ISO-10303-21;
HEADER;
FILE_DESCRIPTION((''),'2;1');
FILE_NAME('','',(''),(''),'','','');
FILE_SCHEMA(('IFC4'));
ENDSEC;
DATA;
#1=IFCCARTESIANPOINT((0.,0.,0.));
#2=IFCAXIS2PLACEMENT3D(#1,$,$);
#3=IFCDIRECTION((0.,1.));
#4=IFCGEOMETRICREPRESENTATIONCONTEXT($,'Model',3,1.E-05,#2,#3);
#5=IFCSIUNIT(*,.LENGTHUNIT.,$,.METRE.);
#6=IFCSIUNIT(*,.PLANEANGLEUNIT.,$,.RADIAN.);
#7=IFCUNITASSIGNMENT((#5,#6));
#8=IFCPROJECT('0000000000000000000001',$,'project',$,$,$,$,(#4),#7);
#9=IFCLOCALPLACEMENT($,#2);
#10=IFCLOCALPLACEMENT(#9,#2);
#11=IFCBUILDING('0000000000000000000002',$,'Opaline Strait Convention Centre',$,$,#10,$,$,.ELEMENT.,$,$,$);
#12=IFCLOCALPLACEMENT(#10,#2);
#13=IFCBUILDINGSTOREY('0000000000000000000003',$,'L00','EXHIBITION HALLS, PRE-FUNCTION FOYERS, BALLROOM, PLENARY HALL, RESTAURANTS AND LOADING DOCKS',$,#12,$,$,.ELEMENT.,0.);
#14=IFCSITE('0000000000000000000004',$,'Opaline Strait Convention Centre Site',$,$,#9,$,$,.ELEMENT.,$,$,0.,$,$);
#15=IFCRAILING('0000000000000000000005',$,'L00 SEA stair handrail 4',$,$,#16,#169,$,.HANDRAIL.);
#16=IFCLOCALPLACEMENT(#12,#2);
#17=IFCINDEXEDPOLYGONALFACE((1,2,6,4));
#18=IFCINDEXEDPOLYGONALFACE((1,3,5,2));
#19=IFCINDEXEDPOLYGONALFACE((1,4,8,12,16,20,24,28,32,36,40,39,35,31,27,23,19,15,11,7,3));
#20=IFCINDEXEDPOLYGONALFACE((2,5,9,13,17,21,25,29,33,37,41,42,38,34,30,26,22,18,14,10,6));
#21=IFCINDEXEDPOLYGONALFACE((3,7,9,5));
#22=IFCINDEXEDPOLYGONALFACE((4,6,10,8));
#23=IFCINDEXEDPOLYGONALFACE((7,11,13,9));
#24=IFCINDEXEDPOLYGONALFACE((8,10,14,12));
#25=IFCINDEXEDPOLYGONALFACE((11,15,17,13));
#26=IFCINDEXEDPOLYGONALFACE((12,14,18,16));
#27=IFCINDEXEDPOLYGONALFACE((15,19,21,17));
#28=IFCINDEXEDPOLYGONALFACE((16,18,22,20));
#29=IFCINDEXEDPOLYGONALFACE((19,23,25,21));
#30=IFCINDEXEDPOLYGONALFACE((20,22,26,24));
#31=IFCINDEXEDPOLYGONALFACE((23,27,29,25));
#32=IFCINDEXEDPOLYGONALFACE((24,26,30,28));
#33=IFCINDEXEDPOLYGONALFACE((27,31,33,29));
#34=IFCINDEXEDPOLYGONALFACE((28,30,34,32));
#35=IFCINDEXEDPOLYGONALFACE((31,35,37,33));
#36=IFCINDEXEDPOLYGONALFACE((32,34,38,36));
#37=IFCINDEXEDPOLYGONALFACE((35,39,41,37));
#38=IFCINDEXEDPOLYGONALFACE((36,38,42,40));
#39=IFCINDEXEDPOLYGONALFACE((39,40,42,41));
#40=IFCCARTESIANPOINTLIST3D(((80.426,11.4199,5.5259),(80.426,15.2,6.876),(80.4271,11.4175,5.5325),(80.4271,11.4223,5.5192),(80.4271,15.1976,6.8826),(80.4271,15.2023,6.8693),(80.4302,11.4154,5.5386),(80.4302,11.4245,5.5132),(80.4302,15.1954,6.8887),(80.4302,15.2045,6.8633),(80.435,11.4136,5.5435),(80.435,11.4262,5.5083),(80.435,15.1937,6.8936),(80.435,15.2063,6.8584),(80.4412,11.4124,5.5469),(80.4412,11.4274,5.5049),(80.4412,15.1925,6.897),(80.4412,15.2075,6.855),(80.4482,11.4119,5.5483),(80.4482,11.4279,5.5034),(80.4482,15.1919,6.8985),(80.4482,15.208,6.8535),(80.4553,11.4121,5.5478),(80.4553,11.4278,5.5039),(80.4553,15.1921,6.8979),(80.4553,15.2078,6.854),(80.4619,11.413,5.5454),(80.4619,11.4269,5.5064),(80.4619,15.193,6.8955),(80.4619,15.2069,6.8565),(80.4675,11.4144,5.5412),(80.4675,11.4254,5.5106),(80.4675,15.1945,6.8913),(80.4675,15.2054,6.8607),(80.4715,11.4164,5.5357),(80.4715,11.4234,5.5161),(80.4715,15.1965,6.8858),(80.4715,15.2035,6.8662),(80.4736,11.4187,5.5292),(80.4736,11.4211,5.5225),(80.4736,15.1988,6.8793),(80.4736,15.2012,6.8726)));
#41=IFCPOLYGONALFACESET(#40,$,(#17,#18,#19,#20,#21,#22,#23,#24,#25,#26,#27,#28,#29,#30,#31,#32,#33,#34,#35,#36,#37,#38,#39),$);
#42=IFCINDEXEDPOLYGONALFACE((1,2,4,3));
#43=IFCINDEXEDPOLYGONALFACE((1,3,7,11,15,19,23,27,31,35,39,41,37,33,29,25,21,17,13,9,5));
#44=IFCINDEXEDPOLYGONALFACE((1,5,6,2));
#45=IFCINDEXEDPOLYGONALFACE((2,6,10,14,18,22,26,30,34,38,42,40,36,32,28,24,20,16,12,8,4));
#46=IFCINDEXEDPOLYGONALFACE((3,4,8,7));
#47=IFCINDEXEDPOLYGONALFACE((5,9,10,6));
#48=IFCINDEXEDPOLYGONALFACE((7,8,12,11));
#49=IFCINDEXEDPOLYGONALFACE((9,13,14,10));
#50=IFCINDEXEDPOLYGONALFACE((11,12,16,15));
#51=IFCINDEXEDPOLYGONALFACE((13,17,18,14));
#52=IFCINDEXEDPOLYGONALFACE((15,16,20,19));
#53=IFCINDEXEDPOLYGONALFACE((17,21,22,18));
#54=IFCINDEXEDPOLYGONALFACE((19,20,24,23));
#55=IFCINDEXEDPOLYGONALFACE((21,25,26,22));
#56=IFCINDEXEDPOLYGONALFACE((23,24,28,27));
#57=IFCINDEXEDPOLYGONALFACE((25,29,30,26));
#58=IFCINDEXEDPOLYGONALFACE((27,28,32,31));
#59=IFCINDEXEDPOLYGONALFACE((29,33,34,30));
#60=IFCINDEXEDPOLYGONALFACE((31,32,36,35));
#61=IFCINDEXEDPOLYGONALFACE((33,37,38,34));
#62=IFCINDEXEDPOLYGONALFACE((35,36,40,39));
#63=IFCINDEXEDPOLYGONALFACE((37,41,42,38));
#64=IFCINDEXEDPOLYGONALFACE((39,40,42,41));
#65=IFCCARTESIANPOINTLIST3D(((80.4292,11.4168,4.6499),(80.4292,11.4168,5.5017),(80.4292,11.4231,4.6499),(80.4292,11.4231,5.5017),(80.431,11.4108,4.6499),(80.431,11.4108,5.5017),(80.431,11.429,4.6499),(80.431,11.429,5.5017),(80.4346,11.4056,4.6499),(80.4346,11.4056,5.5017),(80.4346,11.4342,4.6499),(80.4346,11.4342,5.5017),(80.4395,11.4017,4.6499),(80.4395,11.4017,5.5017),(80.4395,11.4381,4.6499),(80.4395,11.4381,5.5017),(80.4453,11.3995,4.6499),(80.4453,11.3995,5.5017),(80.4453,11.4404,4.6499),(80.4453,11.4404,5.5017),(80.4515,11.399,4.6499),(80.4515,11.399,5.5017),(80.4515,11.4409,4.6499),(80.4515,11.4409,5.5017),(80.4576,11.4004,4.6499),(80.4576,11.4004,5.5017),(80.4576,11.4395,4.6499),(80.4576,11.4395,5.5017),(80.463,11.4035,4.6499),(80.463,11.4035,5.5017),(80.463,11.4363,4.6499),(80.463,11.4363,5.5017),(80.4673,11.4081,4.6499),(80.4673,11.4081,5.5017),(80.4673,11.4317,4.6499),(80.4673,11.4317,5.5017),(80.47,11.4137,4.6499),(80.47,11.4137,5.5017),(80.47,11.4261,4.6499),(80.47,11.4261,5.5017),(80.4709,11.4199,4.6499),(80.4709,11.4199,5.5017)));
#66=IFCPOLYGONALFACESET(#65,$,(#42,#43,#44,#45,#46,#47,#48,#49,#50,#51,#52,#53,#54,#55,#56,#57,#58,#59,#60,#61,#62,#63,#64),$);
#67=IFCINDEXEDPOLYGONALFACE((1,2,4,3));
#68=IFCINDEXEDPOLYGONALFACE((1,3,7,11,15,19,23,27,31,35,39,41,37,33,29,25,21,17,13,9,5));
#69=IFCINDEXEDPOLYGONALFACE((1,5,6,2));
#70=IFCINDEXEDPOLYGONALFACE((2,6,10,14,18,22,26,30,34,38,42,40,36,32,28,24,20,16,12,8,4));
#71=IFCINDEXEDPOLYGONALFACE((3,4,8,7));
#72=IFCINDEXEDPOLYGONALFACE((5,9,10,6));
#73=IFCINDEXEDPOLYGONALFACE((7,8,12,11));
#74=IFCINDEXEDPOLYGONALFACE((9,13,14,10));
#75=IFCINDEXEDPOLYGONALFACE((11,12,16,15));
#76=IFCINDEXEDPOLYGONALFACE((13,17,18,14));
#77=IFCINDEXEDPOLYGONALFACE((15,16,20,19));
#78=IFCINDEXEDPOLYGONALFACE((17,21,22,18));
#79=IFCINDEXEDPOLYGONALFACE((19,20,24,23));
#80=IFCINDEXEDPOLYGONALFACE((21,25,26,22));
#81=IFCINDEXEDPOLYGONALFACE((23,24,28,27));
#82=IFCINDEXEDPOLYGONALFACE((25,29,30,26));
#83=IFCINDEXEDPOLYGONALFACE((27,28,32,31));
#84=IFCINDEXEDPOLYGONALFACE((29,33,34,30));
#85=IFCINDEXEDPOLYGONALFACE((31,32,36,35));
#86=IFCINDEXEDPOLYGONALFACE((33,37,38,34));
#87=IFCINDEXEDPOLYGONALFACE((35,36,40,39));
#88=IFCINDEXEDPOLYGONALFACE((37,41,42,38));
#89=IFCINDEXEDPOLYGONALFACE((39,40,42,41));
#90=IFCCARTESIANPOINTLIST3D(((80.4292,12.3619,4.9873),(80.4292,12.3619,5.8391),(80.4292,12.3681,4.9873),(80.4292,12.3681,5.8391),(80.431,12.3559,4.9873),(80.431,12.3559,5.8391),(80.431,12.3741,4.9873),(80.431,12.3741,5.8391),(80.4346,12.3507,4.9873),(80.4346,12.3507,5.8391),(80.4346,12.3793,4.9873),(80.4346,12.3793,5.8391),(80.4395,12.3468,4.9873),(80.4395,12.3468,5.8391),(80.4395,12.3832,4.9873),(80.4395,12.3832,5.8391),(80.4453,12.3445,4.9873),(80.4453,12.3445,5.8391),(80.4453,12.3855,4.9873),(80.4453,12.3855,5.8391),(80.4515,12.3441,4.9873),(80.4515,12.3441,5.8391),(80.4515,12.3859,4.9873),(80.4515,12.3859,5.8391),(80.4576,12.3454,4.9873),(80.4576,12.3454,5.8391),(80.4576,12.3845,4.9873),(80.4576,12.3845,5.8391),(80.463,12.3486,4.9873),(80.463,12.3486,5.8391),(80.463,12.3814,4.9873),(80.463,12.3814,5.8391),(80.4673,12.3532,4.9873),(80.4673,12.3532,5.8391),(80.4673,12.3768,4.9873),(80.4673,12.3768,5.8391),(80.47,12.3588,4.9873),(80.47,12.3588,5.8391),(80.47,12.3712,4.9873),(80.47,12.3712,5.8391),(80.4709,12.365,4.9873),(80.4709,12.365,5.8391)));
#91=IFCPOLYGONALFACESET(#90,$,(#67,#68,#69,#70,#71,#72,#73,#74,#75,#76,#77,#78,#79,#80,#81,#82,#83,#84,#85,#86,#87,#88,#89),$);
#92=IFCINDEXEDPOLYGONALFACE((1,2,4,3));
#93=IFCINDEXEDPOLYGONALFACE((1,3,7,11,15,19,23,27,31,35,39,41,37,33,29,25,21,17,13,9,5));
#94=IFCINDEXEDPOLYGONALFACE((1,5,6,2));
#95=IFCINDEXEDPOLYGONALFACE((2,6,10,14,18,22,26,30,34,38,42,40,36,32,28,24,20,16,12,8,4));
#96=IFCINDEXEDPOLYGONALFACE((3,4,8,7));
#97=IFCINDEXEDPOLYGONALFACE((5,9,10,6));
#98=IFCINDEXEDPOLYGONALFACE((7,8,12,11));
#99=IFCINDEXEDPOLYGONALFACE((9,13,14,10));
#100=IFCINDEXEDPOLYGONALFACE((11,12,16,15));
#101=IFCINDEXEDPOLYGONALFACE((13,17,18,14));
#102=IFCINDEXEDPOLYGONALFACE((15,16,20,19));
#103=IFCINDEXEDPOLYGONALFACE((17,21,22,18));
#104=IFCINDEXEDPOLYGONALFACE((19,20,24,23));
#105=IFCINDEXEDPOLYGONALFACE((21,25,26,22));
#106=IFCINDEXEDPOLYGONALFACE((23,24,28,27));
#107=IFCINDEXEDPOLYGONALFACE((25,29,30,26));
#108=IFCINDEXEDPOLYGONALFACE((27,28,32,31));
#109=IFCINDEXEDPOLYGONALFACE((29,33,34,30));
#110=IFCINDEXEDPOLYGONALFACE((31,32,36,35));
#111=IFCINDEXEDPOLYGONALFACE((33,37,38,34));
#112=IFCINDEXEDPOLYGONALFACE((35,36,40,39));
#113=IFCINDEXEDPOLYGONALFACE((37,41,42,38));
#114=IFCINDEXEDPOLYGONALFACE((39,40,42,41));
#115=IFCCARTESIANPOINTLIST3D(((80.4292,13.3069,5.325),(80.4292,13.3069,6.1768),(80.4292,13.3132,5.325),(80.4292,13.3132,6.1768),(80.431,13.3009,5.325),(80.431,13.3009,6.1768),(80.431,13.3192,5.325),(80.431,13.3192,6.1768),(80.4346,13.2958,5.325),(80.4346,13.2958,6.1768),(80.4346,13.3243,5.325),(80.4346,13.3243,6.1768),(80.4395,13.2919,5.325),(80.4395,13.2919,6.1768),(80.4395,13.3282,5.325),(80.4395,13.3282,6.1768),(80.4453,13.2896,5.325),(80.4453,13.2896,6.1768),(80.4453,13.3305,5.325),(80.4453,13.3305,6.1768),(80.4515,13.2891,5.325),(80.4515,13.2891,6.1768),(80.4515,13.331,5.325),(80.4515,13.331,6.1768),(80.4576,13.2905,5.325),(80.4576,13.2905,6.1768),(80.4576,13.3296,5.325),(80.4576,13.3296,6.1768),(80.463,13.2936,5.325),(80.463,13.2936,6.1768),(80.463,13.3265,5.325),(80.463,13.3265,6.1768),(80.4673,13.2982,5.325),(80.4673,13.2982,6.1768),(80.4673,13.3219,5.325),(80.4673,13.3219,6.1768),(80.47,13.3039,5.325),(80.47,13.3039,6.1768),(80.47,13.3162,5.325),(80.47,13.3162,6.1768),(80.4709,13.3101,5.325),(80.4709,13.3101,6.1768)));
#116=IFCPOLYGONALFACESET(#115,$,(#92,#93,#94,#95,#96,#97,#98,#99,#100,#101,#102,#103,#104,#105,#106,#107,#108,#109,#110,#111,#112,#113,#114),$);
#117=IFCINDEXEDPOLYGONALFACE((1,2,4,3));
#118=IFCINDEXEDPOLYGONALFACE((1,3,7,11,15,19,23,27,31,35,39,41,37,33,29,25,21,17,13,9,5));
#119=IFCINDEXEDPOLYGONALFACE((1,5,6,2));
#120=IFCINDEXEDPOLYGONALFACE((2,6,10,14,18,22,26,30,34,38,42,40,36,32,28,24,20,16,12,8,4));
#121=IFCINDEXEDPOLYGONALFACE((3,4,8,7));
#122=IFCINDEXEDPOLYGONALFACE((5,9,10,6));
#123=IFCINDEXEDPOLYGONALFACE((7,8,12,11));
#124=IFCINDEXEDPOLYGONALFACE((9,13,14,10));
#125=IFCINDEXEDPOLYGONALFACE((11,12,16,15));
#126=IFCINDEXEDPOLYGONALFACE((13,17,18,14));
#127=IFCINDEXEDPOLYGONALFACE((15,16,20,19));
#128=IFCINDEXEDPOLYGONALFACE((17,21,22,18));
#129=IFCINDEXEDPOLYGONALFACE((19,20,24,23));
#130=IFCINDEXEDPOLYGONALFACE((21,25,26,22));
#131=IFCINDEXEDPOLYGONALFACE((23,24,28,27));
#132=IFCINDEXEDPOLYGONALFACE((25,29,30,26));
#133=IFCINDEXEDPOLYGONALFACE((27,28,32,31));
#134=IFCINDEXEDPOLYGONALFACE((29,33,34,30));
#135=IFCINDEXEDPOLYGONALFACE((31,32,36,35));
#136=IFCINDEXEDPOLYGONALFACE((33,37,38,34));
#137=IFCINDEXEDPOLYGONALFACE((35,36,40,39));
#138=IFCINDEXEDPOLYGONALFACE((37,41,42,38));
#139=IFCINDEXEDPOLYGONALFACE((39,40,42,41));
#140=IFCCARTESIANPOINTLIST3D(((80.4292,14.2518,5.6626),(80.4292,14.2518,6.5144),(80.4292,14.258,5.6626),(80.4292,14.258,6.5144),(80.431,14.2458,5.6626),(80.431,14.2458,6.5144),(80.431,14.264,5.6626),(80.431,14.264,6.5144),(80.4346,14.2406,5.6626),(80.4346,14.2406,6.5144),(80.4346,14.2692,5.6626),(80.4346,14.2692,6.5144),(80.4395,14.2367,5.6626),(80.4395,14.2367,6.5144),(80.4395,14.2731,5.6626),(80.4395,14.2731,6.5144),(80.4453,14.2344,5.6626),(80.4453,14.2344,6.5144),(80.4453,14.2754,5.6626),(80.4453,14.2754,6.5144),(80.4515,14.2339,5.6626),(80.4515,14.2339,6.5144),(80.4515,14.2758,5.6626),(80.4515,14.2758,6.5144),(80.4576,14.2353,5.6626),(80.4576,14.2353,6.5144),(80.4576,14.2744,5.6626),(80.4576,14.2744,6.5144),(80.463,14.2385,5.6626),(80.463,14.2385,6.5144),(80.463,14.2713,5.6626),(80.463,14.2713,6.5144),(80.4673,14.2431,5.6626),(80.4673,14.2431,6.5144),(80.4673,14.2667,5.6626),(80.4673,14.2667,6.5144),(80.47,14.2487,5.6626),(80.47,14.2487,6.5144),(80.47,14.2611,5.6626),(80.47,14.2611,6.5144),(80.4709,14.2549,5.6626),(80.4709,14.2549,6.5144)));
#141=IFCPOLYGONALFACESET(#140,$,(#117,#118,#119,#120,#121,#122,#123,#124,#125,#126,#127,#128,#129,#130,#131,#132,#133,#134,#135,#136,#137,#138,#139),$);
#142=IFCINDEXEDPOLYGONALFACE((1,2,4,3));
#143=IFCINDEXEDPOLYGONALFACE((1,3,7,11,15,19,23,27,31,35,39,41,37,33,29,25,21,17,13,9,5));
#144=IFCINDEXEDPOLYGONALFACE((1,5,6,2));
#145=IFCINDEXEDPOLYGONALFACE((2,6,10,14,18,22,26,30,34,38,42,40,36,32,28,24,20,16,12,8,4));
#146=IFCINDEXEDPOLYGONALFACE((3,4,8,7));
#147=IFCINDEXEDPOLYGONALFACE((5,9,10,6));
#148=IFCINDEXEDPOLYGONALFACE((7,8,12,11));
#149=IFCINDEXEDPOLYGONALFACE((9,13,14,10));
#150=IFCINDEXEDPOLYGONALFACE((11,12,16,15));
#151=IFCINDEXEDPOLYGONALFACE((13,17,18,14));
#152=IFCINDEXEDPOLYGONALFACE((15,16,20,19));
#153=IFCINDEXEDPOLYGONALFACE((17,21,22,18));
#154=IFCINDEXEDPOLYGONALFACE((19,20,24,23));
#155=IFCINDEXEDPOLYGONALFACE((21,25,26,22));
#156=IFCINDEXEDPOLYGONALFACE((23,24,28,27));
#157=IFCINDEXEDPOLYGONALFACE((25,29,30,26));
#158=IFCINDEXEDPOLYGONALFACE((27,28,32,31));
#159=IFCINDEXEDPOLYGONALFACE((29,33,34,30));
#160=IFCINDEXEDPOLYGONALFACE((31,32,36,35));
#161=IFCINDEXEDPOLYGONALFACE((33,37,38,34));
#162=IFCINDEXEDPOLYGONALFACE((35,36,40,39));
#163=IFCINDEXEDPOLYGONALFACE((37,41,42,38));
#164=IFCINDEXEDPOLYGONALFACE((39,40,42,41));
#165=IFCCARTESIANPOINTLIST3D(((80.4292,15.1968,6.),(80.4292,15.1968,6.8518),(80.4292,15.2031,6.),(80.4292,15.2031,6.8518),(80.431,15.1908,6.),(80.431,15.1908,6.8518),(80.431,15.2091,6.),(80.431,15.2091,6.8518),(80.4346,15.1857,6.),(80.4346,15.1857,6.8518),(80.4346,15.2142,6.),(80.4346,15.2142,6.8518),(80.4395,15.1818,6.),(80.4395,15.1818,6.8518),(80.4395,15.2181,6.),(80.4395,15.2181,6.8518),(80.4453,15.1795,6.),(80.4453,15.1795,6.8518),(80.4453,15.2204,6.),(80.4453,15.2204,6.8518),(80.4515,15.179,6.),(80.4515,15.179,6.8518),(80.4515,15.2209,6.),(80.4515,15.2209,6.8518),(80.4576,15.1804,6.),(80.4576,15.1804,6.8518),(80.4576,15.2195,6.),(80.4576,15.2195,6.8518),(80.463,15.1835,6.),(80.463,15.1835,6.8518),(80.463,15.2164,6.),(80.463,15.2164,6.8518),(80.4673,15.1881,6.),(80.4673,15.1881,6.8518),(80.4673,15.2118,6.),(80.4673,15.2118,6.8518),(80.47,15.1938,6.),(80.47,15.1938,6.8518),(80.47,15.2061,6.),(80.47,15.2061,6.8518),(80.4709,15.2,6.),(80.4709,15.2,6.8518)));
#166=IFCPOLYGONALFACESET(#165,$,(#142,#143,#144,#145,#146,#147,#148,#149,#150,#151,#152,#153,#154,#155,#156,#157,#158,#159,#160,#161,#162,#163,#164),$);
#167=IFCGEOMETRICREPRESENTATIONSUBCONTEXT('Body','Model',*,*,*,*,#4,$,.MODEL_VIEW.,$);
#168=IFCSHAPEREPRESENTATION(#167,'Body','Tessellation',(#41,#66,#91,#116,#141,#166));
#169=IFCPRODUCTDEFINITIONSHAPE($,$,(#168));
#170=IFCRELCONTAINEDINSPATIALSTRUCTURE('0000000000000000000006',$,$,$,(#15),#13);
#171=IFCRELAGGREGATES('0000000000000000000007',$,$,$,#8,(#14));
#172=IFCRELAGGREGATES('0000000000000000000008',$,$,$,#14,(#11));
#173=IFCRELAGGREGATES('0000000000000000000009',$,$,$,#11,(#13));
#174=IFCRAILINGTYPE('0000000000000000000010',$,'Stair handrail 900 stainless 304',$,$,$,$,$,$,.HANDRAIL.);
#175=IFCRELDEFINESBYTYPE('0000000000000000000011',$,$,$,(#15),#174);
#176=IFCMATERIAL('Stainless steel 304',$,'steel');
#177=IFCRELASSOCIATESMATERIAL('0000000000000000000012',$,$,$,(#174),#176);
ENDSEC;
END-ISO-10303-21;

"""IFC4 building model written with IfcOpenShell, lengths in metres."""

from ifc_helpers import new_model, si_unit, direction, frame, origin, origin_2d, place, context, subcontext, project, spatial, circle, extrude, material, type_object, element, save


model = new_model("IFC4")

# Units and contexts
model_context = context("Model", 3, precision=1e-05, world=origin(), true_north=direction((0.0, 1.0)))
body_context = subcontext(model_context, "Body", "Model", "MODEL_VIEW")
ifc_project = project(units=[si_unit("LENGTHUNIT", "METRE"), si_unit("PLANEANGLEUNIT", "RADIAN")], contexts=[model_context])

# Site, building, storey
site_placement = place(None, origin())
site = spatial("IfcSite", under=ifc_project, at=site_placement, Name="Opaline Strait Convention Centre Site", CompositionType="ELEMENT", RefElevation=0.0)
building_placement = place(site_placement, origin())
building = spatial("IfcBuilding", under=site, at=building_placement, Name="Opaline Strait Convention Centre", CompositionType="ELEMENT")
storey_placement = place(building_placement, origin())
storey = spatial("IfcBuildingStorey", under=building, at=storey_placement, Name="L00", Description="EXHIBITION HALLS, PRE-FUNCTION FOYERS, BALLROOM, PLENARY HALL, RESTAURANTS AND LOADING DOCKS", CompositionType="ELEMENT", Elevation=0.0)

# Railing
ifc_material_1 = material(Name="Stainless steel 304", Category="steel")
railing_type_1 = type_object("IfcRailingType", Name="Stair handrail 900 stainless 304", PredefinedType="HANDRAIL", material=ifc_material_1)
for number, where, name in (
    (1, (80.45, 11.4199, 4.6499), "L00 SEA stair handrail 4"),
):
    element("IfcRailing", number, at=place(storey_placement, frame(where)), inside=storey, type_object=railing_type_1, Name=name, PredefinedType="HANDRAIL", context=body_context, shape_type="SweptSolid", body=[
        extrude(circle(Radius=0.0239, at=origin_2d()), frame((0.0, 0.0, 0.876), z_axis=(0.0, 0.941735, 0.336356), x_axis=(-1.0, 0.0, 0.0)), (0.0, 0.0, 1.0), 4.0139),
        extrude(circle(Radius=0.021, at=origin_2d()), origin(), (0.0, 0.0, 1.0), 0.8518),
        extrude(circle(Radius=0.021, at=origin_2d()), frame((0.0, 0.9451, 0.3374)), (0.0, 0.0, 1.0), 0.8518),
        extrude(circle(Radius=0.021, at=origin_2d()), frame((0.0, 1.8901, 0.675)), (0.0, 0.0, 1.0), 0.8518),
        extrude(circle(Radius=0.021, at=origin_2d()), frame((0.0, 2.835, 1.0127)), (0.0, 0.0, 1.0), 0.8518),
        extrude(circle(Radius=0.021, at=origin_2d()), frame((0.0, 3.78, 1.3501)), (0.0, 0.0, 1.0), 0.8518),
    ])

save(model, "model.ifc")
